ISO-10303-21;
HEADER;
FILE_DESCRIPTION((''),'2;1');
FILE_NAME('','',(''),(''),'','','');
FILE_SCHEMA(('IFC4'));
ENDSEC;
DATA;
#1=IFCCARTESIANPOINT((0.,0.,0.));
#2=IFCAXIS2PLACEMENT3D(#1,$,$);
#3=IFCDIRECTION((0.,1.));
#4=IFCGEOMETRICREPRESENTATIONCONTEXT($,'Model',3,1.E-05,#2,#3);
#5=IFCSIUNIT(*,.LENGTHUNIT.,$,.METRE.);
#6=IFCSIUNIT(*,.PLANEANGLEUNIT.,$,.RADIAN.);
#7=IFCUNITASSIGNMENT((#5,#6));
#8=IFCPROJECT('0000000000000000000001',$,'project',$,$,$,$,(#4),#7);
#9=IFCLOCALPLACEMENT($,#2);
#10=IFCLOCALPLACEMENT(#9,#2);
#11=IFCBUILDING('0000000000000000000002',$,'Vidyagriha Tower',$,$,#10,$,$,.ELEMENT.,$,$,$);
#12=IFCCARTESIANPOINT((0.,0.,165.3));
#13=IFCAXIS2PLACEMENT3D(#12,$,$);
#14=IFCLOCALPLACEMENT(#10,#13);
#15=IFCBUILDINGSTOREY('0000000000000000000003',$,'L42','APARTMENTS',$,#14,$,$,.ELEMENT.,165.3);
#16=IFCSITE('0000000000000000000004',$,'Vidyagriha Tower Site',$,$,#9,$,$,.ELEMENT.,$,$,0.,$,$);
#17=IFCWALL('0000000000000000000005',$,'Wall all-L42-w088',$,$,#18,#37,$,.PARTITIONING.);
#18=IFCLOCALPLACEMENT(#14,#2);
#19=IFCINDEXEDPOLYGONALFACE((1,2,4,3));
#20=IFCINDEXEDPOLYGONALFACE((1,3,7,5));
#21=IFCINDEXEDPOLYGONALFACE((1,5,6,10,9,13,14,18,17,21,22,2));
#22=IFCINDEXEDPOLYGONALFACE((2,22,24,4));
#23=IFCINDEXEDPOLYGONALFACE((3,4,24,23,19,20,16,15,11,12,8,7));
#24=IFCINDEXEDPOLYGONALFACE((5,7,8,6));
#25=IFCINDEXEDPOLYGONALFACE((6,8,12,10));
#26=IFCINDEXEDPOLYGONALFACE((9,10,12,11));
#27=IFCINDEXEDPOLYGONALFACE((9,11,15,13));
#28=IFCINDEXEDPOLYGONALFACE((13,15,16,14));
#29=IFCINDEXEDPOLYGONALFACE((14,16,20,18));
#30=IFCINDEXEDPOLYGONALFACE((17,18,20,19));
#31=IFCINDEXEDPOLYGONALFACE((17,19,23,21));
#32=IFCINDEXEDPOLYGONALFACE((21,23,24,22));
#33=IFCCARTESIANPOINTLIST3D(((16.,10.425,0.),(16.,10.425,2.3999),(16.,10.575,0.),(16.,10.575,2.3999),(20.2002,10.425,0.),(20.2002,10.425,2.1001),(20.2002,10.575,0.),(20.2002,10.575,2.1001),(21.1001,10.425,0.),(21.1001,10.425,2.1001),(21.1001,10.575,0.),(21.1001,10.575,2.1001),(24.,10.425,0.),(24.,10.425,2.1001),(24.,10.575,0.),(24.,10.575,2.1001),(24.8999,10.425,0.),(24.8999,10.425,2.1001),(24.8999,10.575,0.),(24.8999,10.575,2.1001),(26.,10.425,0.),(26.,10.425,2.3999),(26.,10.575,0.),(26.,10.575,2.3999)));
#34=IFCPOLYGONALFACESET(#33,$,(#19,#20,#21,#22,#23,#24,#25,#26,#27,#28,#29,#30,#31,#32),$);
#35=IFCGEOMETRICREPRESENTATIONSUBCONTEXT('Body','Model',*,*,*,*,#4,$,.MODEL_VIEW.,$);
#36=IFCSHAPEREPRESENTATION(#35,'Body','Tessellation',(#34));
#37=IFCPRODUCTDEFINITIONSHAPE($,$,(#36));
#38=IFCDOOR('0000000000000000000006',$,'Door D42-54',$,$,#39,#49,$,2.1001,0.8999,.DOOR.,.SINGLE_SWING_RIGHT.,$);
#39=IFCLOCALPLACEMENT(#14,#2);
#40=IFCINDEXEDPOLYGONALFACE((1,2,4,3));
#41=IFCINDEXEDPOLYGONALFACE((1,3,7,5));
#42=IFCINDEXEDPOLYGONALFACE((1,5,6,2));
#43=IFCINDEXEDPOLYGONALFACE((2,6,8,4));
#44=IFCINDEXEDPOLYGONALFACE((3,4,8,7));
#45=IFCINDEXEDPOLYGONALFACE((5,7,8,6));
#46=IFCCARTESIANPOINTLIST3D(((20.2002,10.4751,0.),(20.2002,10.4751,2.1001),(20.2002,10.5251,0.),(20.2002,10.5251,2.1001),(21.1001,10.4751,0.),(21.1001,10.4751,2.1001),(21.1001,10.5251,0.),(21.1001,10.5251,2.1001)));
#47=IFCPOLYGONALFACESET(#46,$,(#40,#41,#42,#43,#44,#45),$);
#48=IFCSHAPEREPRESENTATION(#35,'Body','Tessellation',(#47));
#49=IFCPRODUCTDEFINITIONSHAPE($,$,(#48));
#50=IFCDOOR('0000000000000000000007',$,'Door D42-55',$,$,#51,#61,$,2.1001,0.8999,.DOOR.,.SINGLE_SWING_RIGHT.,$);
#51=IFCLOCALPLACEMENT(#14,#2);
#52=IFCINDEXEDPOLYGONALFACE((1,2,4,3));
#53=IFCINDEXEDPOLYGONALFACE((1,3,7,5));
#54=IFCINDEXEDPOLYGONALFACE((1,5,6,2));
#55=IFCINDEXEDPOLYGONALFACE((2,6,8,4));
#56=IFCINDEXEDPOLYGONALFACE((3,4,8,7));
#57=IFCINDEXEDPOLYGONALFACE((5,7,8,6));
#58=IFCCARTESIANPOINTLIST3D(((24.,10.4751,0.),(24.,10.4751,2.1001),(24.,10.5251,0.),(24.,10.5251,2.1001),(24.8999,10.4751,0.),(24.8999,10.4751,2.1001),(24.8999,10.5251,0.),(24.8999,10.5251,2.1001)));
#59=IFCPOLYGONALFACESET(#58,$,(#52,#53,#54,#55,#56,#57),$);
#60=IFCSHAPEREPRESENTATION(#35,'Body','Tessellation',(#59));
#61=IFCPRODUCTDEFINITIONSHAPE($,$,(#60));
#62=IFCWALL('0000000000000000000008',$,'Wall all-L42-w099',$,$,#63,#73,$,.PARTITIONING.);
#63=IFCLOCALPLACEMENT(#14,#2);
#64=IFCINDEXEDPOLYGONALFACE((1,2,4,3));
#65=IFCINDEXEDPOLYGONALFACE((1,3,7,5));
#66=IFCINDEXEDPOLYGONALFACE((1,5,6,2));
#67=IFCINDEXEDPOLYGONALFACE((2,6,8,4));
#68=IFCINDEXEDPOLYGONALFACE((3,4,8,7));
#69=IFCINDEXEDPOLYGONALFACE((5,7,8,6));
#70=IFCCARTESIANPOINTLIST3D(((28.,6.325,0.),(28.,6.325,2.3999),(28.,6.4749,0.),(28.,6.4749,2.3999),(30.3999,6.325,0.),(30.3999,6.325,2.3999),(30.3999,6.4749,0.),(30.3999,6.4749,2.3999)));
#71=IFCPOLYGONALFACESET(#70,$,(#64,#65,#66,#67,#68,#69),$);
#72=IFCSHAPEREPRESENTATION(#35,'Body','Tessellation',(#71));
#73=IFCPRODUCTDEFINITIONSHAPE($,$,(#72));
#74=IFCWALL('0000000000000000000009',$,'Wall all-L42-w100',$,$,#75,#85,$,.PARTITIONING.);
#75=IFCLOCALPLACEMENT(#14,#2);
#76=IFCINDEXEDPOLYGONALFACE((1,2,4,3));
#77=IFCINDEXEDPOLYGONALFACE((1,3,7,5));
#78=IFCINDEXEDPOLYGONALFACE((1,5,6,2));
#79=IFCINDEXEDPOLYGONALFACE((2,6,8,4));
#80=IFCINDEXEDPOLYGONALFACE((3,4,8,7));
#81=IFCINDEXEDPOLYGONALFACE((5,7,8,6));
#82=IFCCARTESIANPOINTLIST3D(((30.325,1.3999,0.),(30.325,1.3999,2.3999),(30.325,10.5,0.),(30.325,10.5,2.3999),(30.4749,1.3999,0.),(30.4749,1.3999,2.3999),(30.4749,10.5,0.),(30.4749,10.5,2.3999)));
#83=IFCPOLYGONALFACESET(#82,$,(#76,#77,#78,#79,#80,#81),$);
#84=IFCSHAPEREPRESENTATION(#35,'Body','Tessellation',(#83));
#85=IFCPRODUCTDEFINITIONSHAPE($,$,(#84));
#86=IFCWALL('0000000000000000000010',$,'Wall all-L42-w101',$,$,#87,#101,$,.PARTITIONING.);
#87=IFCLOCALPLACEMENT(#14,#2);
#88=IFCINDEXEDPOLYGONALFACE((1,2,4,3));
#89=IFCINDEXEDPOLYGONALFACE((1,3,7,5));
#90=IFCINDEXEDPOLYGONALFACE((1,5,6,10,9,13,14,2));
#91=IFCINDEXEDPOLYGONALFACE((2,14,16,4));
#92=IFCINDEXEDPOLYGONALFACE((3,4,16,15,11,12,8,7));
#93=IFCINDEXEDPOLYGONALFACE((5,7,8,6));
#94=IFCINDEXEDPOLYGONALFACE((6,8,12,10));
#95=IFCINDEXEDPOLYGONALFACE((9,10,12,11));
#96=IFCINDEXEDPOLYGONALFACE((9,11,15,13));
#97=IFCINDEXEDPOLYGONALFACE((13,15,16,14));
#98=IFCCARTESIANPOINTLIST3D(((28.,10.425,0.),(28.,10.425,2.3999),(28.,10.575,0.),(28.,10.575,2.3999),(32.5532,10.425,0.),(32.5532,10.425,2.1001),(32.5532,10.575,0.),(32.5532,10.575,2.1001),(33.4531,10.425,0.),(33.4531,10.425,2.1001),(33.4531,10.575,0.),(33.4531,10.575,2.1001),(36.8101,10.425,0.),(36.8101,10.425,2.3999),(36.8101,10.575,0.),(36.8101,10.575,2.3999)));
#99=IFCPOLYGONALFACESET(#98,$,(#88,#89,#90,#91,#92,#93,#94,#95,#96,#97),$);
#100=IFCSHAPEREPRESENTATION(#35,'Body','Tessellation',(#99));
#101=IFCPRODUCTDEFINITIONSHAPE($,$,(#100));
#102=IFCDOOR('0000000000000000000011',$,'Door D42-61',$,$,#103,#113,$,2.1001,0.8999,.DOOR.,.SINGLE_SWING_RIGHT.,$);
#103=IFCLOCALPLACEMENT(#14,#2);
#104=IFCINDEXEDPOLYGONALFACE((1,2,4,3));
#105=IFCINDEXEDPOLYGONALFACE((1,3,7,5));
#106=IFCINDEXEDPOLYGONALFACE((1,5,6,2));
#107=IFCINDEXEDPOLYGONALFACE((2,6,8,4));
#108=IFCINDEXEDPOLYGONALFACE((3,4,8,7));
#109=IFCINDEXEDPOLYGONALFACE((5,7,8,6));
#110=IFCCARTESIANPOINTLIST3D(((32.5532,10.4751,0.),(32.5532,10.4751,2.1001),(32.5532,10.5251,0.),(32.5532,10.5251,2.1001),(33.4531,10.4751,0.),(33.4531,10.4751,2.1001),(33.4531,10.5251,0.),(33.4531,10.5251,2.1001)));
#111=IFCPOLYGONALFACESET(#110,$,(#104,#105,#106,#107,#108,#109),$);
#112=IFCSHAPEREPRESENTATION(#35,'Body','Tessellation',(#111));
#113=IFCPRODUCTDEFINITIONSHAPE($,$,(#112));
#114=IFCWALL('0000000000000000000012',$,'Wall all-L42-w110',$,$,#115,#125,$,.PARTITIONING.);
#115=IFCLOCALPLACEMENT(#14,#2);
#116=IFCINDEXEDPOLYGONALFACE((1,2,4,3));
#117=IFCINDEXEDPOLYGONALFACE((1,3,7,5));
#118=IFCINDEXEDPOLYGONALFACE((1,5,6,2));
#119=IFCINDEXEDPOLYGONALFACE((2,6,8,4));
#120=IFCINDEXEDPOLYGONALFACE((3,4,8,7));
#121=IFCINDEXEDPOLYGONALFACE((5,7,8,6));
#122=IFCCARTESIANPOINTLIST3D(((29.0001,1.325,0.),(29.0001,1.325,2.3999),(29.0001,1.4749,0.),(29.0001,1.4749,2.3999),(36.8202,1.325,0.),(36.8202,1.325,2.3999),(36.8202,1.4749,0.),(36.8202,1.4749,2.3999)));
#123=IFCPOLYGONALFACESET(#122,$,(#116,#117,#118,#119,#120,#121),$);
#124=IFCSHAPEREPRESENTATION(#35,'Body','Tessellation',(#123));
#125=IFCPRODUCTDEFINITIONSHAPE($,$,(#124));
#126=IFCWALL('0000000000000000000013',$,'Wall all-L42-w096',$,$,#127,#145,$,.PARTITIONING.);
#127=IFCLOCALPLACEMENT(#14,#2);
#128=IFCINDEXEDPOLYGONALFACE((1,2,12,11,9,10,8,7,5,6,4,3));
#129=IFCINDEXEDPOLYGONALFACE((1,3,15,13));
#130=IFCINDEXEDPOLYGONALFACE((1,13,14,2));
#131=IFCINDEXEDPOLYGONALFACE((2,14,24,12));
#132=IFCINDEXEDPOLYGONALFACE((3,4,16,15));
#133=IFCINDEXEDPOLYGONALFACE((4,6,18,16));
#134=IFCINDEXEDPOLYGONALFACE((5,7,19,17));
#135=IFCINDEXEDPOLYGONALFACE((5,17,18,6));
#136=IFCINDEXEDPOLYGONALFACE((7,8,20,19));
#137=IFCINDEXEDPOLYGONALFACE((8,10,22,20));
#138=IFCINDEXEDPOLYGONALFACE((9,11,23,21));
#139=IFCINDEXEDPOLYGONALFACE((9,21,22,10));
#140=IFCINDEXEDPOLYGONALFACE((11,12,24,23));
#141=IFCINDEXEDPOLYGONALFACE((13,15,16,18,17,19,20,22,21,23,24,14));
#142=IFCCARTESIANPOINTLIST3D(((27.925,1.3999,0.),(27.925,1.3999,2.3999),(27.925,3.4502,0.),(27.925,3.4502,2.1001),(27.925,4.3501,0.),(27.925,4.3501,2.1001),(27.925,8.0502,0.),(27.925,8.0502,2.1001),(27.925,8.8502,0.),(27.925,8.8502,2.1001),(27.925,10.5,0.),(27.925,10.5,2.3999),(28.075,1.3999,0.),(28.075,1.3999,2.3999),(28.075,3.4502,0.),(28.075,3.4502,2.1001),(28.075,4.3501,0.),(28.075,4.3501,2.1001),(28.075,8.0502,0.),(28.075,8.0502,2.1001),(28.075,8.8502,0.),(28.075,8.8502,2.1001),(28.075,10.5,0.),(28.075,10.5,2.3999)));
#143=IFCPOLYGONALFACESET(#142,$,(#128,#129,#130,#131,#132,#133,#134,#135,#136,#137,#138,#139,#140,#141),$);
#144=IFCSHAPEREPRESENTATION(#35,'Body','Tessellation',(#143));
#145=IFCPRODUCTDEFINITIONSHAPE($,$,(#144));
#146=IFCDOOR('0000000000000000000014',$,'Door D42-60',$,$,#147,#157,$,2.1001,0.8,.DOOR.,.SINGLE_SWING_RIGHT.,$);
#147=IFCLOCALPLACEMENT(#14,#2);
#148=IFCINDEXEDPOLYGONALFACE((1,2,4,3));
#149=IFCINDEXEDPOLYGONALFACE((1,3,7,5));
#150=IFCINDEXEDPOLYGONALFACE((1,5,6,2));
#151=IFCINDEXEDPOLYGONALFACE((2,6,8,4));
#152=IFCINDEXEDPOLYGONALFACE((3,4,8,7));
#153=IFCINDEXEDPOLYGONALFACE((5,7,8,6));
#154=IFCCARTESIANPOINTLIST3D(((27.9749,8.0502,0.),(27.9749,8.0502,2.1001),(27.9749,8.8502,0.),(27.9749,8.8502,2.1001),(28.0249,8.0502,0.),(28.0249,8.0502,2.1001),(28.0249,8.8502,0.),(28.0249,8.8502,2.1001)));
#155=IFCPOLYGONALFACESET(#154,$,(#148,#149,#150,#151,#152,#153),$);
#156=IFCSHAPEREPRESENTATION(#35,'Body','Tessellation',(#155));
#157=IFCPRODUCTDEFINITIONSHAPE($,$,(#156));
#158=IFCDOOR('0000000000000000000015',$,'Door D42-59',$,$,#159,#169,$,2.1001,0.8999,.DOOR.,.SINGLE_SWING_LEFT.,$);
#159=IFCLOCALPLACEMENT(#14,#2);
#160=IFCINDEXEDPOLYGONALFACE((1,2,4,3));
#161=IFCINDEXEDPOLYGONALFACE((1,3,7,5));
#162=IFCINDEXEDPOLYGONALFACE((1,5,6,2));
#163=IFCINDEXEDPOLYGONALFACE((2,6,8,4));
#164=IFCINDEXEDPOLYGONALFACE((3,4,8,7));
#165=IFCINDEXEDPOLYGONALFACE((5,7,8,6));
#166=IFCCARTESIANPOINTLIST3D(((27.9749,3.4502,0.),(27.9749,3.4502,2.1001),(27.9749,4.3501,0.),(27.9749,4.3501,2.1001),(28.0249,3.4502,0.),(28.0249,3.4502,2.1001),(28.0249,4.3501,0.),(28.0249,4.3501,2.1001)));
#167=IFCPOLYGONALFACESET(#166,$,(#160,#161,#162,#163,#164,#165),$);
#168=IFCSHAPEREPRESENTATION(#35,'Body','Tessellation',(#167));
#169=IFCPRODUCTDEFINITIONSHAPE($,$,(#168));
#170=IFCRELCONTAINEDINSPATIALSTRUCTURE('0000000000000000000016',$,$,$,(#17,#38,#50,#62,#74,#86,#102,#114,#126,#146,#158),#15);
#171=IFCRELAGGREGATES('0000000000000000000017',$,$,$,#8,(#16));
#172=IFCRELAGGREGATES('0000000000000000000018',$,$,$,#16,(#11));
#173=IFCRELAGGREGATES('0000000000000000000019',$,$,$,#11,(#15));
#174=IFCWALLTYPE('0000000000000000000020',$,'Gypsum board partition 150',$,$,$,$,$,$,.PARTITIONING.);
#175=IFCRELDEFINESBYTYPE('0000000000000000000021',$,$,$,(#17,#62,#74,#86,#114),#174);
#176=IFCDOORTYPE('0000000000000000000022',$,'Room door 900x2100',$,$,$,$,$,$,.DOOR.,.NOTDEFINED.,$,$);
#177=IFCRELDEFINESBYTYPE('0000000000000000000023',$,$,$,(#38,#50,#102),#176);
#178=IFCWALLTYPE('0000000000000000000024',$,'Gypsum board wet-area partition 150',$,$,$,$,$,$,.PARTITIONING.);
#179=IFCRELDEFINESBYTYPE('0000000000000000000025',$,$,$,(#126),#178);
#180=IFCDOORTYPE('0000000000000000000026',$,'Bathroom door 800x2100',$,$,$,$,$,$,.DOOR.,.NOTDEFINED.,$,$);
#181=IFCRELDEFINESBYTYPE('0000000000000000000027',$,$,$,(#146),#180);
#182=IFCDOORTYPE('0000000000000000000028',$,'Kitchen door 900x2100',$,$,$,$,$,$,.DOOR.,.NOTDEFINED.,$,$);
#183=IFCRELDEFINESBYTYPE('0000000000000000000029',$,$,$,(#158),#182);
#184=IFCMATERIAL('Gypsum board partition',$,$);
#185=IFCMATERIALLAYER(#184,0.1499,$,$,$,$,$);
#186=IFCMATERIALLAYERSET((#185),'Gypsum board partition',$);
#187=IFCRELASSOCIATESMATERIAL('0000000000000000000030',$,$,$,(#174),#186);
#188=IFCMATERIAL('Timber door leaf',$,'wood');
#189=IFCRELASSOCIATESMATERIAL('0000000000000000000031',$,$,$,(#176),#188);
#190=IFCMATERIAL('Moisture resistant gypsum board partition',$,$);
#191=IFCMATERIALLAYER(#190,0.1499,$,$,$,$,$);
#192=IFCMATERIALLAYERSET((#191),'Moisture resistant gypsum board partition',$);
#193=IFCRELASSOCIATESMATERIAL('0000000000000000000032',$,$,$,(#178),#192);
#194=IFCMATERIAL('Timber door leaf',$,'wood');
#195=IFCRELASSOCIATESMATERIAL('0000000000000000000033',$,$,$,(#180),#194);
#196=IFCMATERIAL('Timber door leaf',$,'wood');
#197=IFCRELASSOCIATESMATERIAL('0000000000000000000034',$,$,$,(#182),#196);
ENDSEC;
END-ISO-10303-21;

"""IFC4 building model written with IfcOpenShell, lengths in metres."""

from ifc_helpers import new_model, si_unit, direction, frame, frame_2d, origin, place, context, subcontext, project, spatial, rectangle, extrude, material, layer, layer_set, type_object, element, fill, save


model = new_model("IFC4")

# Units and contexts
model_context = context("Model", 3, precision=1e-05, world=origin(), true_north=direction((0.0, 1.0)))
body_context = subcontext(model_context, "Body", "Model", "MODEL_VIEW")
ifc_project = project(units=[si_unit("LENGTHUNIT", "METRE"), si_unit("PLANEANGLEUNIT", "RADIAN")], contexts=[model_context])

# Site, building, storey
site_placement = place(None, origin())
site = spatial("IfcSite", under=ifc_project, at=site_placement, Name="Vidyagriha Tower Site", CompositionType="ELEMENT", RefElevation=0.0)
building_placement = place(site_placement, origin())
building = spatial("IfcBuilding", under=site, at=building_placement, Name="Vidyagriha Tower", CompositionType="ELEMENT")
storey_placement = place(building_placement, frame((0.0, 0.0, 165.3)))
storey = spatial("IfcBuildingStorey", under=building, at=storey_placement, Name="L42", Description="APARTMENTS", CompositionType="ELEMENT", Elevation=165.3)

# Wall, openings, doors
ifc_material_1 = material(Name="Gypsum board partition")
ifc_layer_1 = layer(ifc_material_1, 0.1499)
ifc_layer_set_1 = layer_set([ifc_layer_1], Name="Gypsum board partition")
wall_type_1 = type_object("IfcWallType", Name="Gypsum board partition 150", PredefinedType="PARTITIONING", material=ifc_layer_set_1)
wall_1_placement = place(storey_placement, frame((26.0, 10.5, 0.0), z_axis=(0.0, 0.0, 1.0), x_axis=(-1.0, 0.0, 0.0)))
wall_1 = element("IfcWall", 1, at=wall_1_placement, inside=storey, type_object=wall_type_1, Name="Wall all-L42-w088", PredefinedType="PARTITIONING", context=body_context, shape_type="SweptSolid", body=[
    extrude(rectangle(XDim=10.0, YDim=0.1499, at=frame_2d((5.0, 0.0))), origin(), (0.0, 0.0, 1.0), 2.3999),
])
opening_1_placement = place(wall_1_placement, frame((4.8999, 0.0, 0.0)))
opening_1 = element("IfcOpeningElement", 2, at=opening_1_placement, cuts=wall_1, PredefinedType="OPENING", context=body_context, shape_type="SweptSolid", body=[
    extrude(rectangle(XDim=0.8999, YDim=2.1001, at=frame_2d((0.45, 1.05))), frame((0.0, 0.085, 0.0), z_axis=(0.0, -1.0, 0.0), x_axis=(1.0, 0.0, 0.0)), (0.0, 0.0, 1.0), 0.1699),
])
opening_2_placement = place(wall_1_placement, frame((1.1001, 0.0, 0.0)))
opening_2 = element("IfcOpeningElement", 3, at=opening_2_placement, cuts=wall_1, PredefinedType="OPENING", context=body_context, shape_type="SweptSolid", body=[
    extrude(rectangle(XDim=0.8999, YDim=2.1001, at=frame_2d((0.45, 1.05))), frame((0.0, 0.085, 0.0), z_axis=(0.0, -1.0, 0.0), x_axis=(1.0, 0.0, 0.0)), (0.0, 0.0, 1.0), 0.1699),
])
ifc_material_2 = material(Name="Timber door leaf", Category="wood")
door_type_1 = type_object("IfcDoorType", Name="Room door 900x2100", OperationType="NOTDEFINED", PredefinedType="DOOR", material=ifc_material_2)
door_1_placement = place(opening_1_placement, origin())
door_1 = element("IfcDoor", 4, at=door_1_placement, inside=storey, type_object=door_type_1, Name="Door D42-54", OperationType="SINGLE_SWING_RIGHT", OverallHeight=2.1001, OverallWidth=0.8999, PredefinedType="DOOR", context=body_context, shape_type="SweptSolid", body=[
    extrude(rectangle(XDim=0.8999, YDim=2.1001, at=frame_2d((0.45, 1.05))), frame((0.0, 0.0249, 0.0), z_axis=(0.0, -1.0, 0.0), x_axis=(1.0, 0.0, 0.0)), (0.0, 0.0, 1.0), 0.05),
])
fill(opening_1, door_1)
door_2_placement = place(opening_2_placement, origin())
door_2 = element("IfcDoor", 5, at=door_2_placement, inside=storey, type_object=door_type_1, Name="Door D42-55", OperationType="SINGLE_SWING_RIGHT", OverallHeight=2.1001, OverallWidth=0.8999, PredefinedType="DOOR", context=body_context, shape_type="SweptSolid", body=[
    extrude(rectangle(XDim=0.8999, YDim=2.1001, at=frame_2d((0.45, 1.05))), frame((0.0, 0.0249, 0.0), z_axis=(0.0, -1.0, 0.0), x_axis=(1.0, 0.0, 0.0)), (0.0, 0.0, 1.0), 0.05),
])
fill(opening_2, door_2)

# Walls
wall_2_placement = place(storey_placement, frame((28.0, 6.3999, 0.0)))
element("IfcWall", 6, at=wall_2_placement, inside=storey, type_object=wall_type_1, Name="Wall all-L42-w099", PredefinedType="PARTITIONING", context=body_context, shape_type="SweptSolid", body=[
    extrude(rectangle(XDim=2.3999, YDim=0.1499, at=frame_2d((1.2, 0.0))), origin(), (0.0, 0.0, 1.0), 2.3999),
])
wall_3_placement = place(storey_placement, frame((30.3999, 10.5, 0.0), z_axis=(0.0, 0.0, 1.0), x_axis=(0.0, -1.0, 0.0)))
element("IfcWall", 7, at=wall_3_placement, inside=storey, type_object=wall_type_1, Name="Wall all-L42-w100", PredefinedType="PARTITIONING", context=body_context, shape_type="SweptSolid", body=[
    extrude(rectangle(XDim=9.1001, YDim=0.1499, at=frame_2d((4.55, 0.0))), origin(), (0.0, 0.0, 1.0), 2.3999),
])

# Wall, opening, door
wall_4_placement = place(storey_placement, frame((36.8101, 10.5, 0.0), z_axis=(0.0, 0.0, 1.0), x_axis=(-1.0, 0.0, 0.0)))
wall_4 = element("IfcWall", 8, at=wall_4_placement, inside=storey, type_object=wall_type_1, Name="Wall all-L42-w101", PredefinedType="PARTITIONING", context=body_context, shape_type="SweptSolid", body=[
    extrude(rectangle(XDim=8.8101, YDim=0.1499, at=frame_2d((4.405, 0.0))), origin(), (0.0, 0.0, 1.0), 2.3999),
])
opening_3_placement = place(wall_4_placement, frame((3.3569, 0.0, 0.0)))
opening_3 = element("IfcOpeningElement", 9, at=opening_3_placement, cuts=wall_4, PredefinedType="OPENING", context=body_context, shape_type="SweptSolid", body=[
    extrude(rectangle(XDim=0.8999, YDim=2.1001, at=frame_2d((0.45, 1.05))), frame((0.0, 0.085, 0.0), z_axis=(0.0, -1.0, 0.0), x_axis=(1.0, 0.0, 0.0)), (0.0, 0.0, 1.0), 0.1699),
])
door_3_placement = place(opening_3_placement, origin())
door_3 = element("IfcDoor", 10, at=door_3_placement, inside=storey, type_object=door_type_1, Name="Door D42-61", OperationType="SINGLE_SWING_RIGHT", OverallHeight=2.1001, OverallWidth=0.8999, PredefinedType="DOOR", context=body_context, shape_type="SweptSolid", body=[
    extrude(rectangle(XDim=0.8999, YDim=2.1001, at=frame_2d((0.45, 1.05))), frame((0.0, 0.0249, 0.0), z_axis=(0.0, -1.0, 0.0), x_axis=(1.0, 0.0, 0.0)), (0.0, 0.0, 1.0), 0.05),
])
fill(opening_3, door_3)

# Wall
wall_5_placement = place(storey_placement, frame((29.0, 1.3999, 0.0)))
element("IfcWall", 11, at=wall_5_placement, inside=storey, type_object=wall_type_1, Name="Wall all-L42-w110", PredefinedType="PARTITIONING", context=body_context, shape_type="SweptSolid", body=[
    extrude(rectangle(XDim=7.8201, YDim=0.1499, at=frame_2d((3.9102, 0.0))), origin(), (0.0, 0.0, 1.0), 2.3999),
])

# Wall, openings, doors
ifc_material_3 = material(Name="Moisture resistant gypsum board partition")
ifc_layer_2 = layer(ifc_material_3, 0.1499)
ifc_layer_set_2 = layer_set([ifc_layer_2], Name="Moisture resistant gypsum board partition")
wall_type_2 = type_object("IfcWallType", Name="Gypsum board wet-area partition 150", PredefinedType="PARTITIONING", material=ifc_layer_set_2)
wall_6_placement = place(storey_placement, frame((28.0, 10.5, 0.0), z_axis=(0.0, 0.0, 1.0), x_axis=(0.0, -1.0, 0.0)))
wall_6 = element("IfcWall", 12, at=wall_6_placement, inside=storey, type_object=wall_type_2, Name="Wall all-L42-w096", PredefinedType="PARTITIONING", context=body_context, shape_type="SweptSolid", body=[
    extrude(rectangle(XDim=9.1001, YDim=0.1499, at=frame_2d((4.55, 0.0))), origin(), (0.0, 0.0, 1.0), 2.3999),
])
opening_4_placement = place(wall_6_placement, frame((6.1499, 0.0, 0.0)))
opening_4 = element("IfcOpeningElement", 13, at=opening_4_placement, cuts=wall_6, PredefinedType="OPENING", context=body_context, shape_type="SweptSolid", body=[
    extrude(rectangle(XDim=0.8999, YDim=2.1001, at=frame_2d((0.45, 1.05))), frame((0.0, 0.085, 0.0), z_axis=(0.0, -1.0, 0.0), x_axis=(1.0, 0.0, 0.0)), (0.0, 0.0, 1.0), 0.1699),
])
opening_5_placement = place(wall_6_placement, frame((1.6499, 0.0, 0.0)))
opening_5 = element("IfcOpeningElement", 14, at=opening_5_placement, cuts=wall_6, PredefinedType="OPENING", context=body_context, shape_type="SweptSolid", body=[
    extrude(rectangle(XDim=0.8, YDim=2.1001, at=frame_2d((0.3999, 1.05))), frame((0.0, 0.085, 0.0), z_axis=(0.0, -1.0, 0.0), x_axis=(1.0, 0.0, 0.0)), (0.0, 0.0, 1.0), 0.1699),
])
ifc_material_4 = material(Name="Timber door leaf", Category="wood")
door_type_2 = type_object("IfcDoorType", Name="Bathroom door 800x2100", OperationType="NOTDEFINED", PredefinedType="DOOR", material=ifc_material_4)
door_4_placement = place(opening_5_placement, origin())
door_4 = element("IfcDoor", 15, at=door_4_placement, inside=storey, type_object=door_type_2, Name="Door D42-60", OperationType="SINGLE_SWING_RIGHT", OverallHeight=2.1001, OverallWidth=0.8, PredefinedType="DOOR", context=body_context, shape_type="SweptSolid", body=[
    extrude(rectangle(XDim=0.8, YDim=2.1001, at=frame_2d((0.3999, 1.05))), frame((0.0, 0.0249, 0.0), z_axis=(0.0, -1.0, 0.0), x_axis=(1.0, 0.0, 0.0)), (0.0, 0.0, 1.0), 0.05),
])
fill(opening_5, door_4)
ifc_material_5 = material(Name="Timber door leaf", Category="wood")
door_type_3 = type_object("IfcDoorType", Name="Kitchen door 900x2100", OperationType="NOTDEFINED", PredefinedType="DOOR", material=ifc_material_5)
door_5_placement = place(opening_4_placement, origin())
door_5 = element("IfcDoor", 16, at=door_5_placement, inside=storey, type_object=door_type_3, Name="Door D42-59", OperationType="SINGLE_SWING_LEFT", OverallHeight=2.1001, OverallWidth=0.8999, PredefinedType="DOOR", context=body_context, shape_type="SweptSolid", body=[
    extrude(rectangle(XDim=0.8999, YDim=2.1001, at=frame_2d((0.45, 1.05))), frame((0.0, 0.0249, 0.0), z_axis=(0.0, -1.0, 0.0), x_axis=(1.0, 0.0, 0.0)), (0.0, 0.0, 1.0), 0.05),
])
fill(opening_4, door_5)

save(model, "model.ifc")
